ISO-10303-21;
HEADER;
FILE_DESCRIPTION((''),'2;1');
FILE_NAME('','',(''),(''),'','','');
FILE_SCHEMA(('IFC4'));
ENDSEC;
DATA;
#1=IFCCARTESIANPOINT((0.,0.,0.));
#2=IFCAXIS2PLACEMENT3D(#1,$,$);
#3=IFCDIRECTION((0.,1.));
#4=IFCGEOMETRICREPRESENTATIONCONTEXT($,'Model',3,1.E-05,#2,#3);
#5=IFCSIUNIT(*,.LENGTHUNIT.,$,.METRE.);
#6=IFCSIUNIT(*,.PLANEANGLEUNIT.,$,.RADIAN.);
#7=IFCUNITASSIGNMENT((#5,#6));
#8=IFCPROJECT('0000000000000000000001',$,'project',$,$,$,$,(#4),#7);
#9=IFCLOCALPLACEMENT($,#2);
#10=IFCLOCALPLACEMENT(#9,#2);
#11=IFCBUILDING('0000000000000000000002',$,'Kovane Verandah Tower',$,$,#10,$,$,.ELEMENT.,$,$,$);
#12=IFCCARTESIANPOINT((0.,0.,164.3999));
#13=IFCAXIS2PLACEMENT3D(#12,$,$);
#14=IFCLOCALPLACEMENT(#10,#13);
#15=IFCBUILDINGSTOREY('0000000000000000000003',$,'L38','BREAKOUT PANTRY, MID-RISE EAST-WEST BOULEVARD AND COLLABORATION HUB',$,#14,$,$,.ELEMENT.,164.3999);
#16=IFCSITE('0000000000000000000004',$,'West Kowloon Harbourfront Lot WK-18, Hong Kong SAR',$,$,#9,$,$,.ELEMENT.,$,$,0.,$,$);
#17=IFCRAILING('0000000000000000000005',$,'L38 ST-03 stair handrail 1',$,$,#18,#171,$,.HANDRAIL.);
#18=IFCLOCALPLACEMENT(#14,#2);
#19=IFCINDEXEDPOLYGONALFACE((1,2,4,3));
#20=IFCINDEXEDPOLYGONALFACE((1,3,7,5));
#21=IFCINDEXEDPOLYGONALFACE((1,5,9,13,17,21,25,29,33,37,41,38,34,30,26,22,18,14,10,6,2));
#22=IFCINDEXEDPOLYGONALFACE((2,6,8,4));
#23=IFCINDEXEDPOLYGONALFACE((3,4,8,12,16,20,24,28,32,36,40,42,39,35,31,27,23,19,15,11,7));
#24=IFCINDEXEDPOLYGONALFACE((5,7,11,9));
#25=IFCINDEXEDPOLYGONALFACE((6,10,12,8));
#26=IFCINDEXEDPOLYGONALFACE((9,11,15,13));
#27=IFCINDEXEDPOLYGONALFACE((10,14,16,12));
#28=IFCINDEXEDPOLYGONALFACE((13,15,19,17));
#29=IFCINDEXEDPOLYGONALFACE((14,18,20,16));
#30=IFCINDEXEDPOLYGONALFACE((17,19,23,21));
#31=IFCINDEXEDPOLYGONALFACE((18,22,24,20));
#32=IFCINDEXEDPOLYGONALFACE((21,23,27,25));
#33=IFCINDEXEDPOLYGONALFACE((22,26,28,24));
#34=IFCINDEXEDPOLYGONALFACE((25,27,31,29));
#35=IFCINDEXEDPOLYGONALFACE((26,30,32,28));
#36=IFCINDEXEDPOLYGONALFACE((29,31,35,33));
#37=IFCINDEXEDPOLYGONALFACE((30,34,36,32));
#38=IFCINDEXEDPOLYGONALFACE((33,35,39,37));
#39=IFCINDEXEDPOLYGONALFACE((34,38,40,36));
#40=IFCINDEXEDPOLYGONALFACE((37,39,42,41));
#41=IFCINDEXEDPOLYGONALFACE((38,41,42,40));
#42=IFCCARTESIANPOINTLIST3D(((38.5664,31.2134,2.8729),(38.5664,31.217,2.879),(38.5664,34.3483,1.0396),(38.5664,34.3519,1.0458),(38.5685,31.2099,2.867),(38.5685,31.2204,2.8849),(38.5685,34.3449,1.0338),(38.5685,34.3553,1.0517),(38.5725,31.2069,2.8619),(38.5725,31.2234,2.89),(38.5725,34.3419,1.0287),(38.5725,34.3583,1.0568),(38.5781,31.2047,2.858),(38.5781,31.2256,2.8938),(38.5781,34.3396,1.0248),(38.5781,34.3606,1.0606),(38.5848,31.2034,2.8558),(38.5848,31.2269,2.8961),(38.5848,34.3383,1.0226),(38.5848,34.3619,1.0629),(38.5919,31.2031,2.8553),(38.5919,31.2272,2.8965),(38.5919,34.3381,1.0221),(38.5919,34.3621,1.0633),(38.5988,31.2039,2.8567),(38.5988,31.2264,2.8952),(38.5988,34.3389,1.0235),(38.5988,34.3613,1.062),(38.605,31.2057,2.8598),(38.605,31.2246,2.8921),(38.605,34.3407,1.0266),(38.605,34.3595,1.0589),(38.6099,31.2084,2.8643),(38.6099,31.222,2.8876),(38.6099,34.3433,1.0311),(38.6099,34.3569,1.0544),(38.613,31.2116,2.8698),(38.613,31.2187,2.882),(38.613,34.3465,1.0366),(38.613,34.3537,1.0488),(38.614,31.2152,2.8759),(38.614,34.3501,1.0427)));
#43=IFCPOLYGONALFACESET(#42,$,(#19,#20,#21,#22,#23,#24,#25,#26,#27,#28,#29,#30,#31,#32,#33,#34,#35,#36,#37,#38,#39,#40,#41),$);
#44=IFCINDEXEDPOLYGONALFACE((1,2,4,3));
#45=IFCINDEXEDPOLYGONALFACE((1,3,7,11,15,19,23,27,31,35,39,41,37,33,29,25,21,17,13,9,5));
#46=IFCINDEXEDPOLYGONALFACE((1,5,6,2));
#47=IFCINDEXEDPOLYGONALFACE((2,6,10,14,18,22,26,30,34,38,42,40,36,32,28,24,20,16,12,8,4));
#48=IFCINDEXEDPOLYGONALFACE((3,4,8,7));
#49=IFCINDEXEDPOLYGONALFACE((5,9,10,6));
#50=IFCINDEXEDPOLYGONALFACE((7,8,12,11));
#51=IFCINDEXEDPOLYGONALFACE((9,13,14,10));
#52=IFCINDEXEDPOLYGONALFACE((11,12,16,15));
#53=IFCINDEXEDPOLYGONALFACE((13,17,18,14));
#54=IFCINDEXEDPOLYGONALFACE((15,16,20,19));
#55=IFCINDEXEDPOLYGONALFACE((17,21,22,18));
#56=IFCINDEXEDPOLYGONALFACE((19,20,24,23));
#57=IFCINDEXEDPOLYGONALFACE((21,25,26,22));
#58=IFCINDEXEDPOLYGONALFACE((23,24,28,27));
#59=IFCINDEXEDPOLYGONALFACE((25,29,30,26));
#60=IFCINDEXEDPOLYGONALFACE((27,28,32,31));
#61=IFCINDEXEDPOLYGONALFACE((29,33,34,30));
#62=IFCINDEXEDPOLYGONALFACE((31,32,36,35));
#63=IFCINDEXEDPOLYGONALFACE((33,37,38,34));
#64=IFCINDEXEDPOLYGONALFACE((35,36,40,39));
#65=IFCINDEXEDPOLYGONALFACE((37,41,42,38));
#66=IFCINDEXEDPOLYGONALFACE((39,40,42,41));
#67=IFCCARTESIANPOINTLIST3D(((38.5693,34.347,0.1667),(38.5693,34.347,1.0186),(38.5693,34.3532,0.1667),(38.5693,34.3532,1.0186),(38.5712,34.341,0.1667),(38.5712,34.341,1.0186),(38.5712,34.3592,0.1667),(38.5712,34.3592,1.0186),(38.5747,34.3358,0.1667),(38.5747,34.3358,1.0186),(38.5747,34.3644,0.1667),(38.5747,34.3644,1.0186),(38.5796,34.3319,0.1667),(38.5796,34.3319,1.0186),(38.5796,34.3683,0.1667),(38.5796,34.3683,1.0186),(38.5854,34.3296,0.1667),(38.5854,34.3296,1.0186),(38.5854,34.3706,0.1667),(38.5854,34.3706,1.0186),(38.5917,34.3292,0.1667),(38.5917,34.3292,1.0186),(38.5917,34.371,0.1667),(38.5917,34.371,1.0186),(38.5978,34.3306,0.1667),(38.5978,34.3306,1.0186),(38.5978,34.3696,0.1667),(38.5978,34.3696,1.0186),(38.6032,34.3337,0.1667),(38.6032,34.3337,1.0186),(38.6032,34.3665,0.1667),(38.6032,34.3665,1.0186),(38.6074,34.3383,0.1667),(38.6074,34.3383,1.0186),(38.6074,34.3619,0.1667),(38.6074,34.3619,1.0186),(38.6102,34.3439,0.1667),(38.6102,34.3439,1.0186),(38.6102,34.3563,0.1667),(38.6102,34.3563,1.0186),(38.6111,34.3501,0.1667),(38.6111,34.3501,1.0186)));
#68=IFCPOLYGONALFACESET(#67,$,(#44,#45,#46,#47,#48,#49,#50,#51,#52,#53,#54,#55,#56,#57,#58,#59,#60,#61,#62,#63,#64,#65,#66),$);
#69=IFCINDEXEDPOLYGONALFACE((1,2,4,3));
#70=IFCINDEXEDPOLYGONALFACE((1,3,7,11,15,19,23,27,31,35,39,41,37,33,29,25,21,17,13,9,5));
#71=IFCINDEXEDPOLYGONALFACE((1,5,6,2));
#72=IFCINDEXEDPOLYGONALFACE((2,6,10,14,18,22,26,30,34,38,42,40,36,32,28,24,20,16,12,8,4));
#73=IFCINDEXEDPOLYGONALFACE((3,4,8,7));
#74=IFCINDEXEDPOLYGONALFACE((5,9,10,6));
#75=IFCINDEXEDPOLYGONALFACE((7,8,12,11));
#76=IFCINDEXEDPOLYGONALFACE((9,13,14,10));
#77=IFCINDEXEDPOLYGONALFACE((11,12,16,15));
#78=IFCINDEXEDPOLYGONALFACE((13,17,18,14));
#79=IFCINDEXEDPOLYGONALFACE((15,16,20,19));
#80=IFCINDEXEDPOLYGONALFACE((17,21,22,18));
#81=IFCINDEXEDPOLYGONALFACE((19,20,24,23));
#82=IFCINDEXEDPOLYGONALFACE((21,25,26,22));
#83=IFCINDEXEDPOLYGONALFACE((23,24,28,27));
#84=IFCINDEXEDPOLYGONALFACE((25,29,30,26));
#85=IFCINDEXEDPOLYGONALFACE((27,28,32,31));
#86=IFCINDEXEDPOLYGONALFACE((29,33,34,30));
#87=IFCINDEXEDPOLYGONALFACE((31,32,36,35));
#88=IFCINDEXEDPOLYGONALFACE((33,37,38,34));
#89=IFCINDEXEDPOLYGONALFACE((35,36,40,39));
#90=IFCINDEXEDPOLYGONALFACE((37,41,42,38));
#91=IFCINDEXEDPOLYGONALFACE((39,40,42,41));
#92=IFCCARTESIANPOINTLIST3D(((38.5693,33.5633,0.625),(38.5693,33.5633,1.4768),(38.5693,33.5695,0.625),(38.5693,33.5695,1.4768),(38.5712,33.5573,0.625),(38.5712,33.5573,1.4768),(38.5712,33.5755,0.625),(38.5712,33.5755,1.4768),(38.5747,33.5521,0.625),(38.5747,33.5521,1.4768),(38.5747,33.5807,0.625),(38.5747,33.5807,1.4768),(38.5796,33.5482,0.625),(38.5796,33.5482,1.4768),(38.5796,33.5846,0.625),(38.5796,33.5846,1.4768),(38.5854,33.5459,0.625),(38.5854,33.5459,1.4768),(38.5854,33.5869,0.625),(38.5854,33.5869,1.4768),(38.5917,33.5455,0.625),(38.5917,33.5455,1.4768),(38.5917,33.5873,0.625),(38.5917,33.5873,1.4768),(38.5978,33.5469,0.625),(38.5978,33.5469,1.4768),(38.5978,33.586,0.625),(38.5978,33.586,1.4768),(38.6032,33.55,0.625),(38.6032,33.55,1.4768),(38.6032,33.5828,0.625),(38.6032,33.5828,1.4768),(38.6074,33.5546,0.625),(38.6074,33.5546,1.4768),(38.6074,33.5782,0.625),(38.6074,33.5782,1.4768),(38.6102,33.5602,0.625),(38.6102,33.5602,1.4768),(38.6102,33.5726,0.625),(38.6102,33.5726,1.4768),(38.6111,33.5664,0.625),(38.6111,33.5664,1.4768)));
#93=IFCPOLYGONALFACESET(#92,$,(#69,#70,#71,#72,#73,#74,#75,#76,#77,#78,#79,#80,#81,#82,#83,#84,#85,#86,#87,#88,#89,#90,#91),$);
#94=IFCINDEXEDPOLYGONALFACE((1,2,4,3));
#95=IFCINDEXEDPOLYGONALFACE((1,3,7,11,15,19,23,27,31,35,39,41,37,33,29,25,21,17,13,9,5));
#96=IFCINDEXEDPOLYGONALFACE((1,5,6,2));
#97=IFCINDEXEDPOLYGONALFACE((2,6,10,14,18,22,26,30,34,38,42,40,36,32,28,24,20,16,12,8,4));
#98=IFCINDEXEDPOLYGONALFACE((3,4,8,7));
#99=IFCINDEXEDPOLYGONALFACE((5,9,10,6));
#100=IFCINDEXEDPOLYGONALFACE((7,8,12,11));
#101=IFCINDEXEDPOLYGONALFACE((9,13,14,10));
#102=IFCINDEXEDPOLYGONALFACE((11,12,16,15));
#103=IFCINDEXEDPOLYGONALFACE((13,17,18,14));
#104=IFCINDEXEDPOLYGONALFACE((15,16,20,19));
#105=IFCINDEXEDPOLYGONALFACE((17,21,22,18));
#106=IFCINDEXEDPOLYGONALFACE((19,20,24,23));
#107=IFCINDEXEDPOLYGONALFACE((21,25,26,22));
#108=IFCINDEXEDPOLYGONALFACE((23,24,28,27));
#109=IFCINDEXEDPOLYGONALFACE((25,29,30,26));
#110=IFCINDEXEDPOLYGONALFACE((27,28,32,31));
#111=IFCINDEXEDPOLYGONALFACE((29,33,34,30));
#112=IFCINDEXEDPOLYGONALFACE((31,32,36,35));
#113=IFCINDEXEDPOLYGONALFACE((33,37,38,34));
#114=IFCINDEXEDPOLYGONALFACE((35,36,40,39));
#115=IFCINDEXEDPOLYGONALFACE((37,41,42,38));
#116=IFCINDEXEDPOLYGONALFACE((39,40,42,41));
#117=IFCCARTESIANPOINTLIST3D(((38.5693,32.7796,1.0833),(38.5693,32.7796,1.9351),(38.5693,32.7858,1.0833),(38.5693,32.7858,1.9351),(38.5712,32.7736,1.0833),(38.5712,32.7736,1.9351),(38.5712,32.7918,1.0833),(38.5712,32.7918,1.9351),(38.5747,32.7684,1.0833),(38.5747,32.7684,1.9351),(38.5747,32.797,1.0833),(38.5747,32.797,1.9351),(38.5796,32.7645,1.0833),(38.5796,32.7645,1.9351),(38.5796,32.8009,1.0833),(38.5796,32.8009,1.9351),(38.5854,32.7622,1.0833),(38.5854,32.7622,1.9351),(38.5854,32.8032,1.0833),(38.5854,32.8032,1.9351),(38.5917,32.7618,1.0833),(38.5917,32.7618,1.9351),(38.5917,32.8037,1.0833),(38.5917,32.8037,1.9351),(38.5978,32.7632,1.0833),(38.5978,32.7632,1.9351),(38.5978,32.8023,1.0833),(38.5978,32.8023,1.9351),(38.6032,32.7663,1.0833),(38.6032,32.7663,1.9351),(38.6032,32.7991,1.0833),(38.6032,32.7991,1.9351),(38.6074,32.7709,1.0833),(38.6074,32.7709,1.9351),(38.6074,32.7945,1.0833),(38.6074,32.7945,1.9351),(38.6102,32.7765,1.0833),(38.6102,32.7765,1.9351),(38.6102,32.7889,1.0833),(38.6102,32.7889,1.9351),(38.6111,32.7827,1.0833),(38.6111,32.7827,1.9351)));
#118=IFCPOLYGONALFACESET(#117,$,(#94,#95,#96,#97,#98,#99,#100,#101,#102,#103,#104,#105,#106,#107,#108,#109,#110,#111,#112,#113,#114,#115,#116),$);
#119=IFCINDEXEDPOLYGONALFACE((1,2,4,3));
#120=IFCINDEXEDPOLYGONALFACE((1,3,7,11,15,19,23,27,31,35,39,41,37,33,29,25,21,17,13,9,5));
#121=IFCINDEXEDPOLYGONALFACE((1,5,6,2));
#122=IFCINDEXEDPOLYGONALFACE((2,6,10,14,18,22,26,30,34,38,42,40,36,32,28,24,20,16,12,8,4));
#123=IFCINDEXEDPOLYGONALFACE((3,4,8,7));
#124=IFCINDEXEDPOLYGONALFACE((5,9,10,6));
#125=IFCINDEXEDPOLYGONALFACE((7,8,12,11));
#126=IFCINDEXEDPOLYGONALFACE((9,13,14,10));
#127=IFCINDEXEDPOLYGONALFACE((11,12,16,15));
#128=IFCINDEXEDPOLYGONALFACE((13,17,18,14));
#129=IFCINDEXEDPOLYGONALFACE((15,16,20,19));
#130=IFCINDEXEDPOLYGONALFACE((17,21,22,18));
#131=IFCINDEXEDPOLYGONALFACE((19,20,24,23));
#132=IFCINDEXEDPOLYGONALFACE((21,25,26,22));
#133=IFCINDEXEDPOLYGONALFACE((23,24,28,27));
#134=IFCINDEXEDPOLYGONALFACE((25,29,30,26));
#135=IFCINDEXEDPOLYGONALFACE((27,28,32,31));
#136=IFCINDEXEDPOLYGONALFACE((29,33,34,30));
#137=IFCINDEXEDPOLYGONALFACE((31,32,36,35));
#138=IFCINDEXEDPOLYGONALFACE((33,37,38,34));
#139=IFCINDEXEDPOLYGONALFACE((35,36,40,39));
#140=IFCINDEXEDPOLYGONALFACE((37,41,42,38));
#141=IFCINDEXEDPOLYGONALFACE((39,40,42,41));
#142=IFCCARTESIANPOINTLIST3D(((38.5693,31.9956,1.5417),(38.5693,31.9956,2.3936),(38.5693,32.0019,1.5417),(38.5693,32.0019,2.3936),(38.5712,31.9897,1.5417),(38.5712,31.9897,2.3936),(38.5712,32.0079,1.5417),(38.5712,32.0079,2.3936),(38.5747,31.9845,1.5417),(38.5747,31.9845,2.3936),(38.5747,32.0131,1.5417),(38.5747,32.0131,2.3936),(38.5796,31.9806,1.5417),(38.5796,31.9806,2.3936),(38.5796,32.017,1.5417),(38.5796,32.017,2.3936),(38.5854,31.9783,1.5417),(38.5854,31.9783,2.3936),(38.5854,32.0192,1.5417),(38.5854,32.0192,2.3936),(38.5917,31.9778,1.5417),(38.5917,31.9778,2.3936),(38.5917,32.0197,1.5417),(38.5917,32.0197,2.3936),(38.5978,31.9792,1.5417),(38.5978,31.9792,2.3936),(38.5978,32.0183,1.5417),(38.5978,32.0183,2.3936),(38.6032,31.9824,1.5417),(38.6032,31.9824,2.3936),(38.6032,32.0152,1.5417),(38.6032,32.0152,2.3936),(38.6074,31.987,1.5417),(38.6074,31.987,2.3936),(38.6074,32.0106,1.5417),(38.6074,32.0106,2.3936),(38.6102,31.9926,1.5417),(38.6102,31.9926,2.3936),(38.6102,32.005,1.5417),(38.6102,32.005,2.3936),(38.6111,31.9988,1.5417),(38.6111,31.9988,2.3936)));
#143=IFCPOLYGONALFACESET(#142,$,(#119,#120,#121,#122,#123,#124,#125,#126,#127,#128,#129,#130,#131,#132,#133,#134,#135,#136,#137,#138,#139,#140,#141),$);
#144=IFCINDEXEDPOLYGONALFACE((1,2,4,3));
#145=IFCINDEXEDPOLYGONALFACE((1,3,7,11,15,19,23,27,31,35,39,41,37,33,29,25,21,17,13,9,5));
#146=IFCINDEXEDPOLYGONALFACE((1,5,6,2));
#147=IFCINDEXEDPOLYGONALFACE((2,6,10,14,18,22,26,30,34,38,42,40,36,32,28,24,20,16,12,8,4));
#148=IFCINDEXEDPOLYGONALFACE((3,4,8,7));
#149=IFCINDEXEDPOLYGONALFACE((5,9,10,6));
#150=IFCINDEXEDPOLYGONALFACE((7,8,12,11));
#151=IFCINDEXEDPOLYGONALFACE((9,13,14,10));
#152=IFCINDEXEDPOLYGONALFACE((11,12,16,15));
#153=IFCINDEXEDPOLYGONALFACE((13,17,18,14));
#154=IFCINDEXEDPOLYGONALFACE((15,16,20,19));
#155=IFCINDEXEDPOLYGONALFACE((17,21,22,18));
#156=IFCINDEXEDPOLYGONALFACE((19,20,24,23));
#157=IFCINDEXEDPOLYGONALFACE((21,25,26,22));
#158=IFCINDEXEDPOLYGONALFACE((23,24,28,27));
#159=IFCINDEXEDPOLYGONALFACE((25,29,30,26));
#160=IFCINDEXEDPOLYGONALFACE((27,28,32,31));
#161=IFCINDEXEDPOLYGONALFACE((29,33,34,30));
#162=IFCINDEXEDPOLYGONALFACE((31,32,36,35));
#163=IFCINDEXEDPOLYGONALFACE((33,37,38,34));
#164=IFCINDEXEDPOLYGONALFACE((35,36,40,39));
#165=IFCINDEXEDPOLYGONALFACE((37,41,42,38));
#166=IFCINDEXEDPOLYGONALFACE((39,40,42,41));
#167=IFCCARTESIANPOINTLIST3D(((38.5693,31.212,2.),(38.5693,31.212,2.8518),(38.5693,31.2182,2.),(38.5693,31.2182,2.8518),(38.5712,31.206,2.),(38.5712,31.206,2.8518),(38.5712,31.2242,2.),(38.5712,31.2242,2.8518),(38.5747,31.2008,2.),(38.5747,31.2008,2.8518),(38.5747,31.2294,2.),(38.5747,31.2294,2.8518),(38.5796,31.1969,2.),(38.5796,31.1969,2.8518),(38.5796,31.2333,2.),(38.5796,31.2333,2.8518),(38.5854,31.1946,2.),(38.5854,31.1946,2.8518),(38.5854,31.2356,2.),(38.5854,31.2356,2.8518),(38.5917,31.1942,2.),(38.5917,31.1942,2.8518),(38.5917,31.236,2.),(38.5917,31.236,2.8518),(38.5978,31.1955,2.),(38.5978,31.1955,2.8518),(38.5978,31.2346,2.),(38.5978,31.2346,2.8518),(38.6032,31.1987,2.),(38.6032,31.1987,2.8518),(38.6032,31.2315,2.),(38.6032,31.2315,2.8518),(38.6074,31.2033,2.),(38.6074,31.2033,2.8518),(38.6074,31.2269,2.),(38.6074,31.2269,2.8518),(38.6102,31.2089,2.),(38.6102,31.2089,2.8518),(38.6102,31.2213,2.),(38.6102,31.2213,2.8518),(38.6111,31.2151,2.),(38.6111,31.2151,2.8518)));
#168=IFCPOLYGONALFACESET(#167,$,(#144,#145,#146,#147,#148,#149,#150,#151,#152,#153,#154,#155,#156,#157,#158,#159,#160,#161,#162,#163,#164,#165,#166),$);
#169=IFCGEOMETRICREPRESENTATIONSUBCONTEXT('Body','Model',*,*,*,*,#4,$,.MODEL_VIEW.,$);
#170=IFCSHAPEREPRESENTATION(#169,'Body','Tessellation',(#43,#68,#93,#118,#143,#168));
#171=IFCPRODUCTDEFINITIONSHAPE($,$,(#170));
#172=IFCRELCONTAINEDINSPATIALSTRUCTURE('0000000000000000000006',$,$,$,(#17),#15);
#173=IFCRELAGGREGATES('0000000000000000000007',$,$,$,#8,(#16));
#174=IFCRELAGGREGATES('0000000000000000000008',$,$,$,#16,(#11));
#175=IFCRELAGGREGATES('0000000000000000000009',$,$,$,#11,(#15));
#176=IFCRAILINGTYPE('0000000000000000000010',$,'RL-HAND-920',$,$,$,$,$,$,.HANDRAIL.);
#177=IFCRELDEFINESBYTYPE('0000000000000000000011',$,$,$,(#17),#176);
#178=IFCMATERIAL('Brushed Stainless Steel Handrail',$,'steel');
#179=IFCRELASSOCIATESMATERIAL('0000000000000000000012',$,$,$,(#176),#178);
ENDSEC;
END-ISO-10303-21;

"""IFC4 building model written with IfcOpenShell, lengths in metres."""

from ifc_helpers import new_model, si_unit, direction, frame, origin, origin_2d, place, context, subcontext, project, spatial, circle, extrude, material, type_object, element, save


model = new_model("IFC4")

# Units and contexts
model_context = context("Model", 3, precision=1e-05, world=origin(), true_north=direction((0.0, 1.0)))
body_context = subcontext(model_context, "Body", "Model", "MODEL_VIEW")
ifc_project = project(units=[si_unit("LENGTHUNIT", "METRE"), si_unit("PLANEANGLEUNIT", "RADIAN")], contexts=[model_context])

# Site, building, storey
site_placement = place(None, origin())
site = spatial("IfcSite", under=ifc_project, at=site_placement, Name="West Kowloon Harbourfront Lot WK-18, Hong Kong SAR", CompositionType="ELEMENT", RefElevation=0.0)
building_placement = place(site_placement, origin())
building = spatial("IfcBuilding", under=site, at=building_placement, Name="Kovane Verandah Tower", CompositionType="ELEMENT")
storey_placement = place(building_placement, frame((0.0, 0.0, 164.3999)))
storey = spatial("IfcBuildingStorey", under=building, at=storey_placement, Name="L38", Description="BREAKOUT PANTRY, MID-RISE EAST-WEST BOULEVARD AND COLLABORATION HUB", CompositionType="ELEMENT", Elevation=164.3999)

# Railing
ifc_material_1 = material(Name="Brushed Stainless Steel Handrail", Category="steel")
railing_type_1 = type_object("IfcRailingType", Name="RL-HAND-920", PredefinedType="HANDRAIL", material=ifc_material_1)
railing_1_placement = place(storey_placement, frame((38.5901, 34.3501, 0.1667)))
element("IfcRailing", 1, at=railing_1_placement, inside=storey, type_object=railing_type_1, Name="L38 ST-03 stair handrail 1", PredefinedType="HANDRAIL", context=body_context, shape_type="SweptSolid", body=[
    extrude(circle(Radius=0.0239, at=origin_2d()), frame((0.0, 0.0, 0.876), z_axis=(0.0, -0.86324, 0.504794), x_axis=(1.0, 0.0, 0.0)), (0.0, 0.0, 1.0), 3.6316),
    extrude(circle(Radius=0.021, at=origin_2d()), origin(), (0.0, 0.0, 1.0), 0.8518),
    extrude(circle(Radius=0.021, at=origin_2d()), frame((0.0, -0.7837, 0.4583)), (0.0, 0.0, 1.0), 0.8518),
    extrude(circle(Radius=0.021, at=origin_2d()), frame((0.0, -1.5674, 0.9165)), (0.0, 0.0, 1.0), 0.8518),
    extrude(circle(Radius=0.021, at=origin_2d()), frame((0.0, -2.3513, 1.375)), (0.0, 0.0, 1.0), 0.8518),
    extrude(circle(Radius=0.021, at=origin_2d()), frame((0.0, -3.135, 1.8333)), (0.0, 0.0, 1.0), 0.8518),
])

save(model, "model.ifc")
